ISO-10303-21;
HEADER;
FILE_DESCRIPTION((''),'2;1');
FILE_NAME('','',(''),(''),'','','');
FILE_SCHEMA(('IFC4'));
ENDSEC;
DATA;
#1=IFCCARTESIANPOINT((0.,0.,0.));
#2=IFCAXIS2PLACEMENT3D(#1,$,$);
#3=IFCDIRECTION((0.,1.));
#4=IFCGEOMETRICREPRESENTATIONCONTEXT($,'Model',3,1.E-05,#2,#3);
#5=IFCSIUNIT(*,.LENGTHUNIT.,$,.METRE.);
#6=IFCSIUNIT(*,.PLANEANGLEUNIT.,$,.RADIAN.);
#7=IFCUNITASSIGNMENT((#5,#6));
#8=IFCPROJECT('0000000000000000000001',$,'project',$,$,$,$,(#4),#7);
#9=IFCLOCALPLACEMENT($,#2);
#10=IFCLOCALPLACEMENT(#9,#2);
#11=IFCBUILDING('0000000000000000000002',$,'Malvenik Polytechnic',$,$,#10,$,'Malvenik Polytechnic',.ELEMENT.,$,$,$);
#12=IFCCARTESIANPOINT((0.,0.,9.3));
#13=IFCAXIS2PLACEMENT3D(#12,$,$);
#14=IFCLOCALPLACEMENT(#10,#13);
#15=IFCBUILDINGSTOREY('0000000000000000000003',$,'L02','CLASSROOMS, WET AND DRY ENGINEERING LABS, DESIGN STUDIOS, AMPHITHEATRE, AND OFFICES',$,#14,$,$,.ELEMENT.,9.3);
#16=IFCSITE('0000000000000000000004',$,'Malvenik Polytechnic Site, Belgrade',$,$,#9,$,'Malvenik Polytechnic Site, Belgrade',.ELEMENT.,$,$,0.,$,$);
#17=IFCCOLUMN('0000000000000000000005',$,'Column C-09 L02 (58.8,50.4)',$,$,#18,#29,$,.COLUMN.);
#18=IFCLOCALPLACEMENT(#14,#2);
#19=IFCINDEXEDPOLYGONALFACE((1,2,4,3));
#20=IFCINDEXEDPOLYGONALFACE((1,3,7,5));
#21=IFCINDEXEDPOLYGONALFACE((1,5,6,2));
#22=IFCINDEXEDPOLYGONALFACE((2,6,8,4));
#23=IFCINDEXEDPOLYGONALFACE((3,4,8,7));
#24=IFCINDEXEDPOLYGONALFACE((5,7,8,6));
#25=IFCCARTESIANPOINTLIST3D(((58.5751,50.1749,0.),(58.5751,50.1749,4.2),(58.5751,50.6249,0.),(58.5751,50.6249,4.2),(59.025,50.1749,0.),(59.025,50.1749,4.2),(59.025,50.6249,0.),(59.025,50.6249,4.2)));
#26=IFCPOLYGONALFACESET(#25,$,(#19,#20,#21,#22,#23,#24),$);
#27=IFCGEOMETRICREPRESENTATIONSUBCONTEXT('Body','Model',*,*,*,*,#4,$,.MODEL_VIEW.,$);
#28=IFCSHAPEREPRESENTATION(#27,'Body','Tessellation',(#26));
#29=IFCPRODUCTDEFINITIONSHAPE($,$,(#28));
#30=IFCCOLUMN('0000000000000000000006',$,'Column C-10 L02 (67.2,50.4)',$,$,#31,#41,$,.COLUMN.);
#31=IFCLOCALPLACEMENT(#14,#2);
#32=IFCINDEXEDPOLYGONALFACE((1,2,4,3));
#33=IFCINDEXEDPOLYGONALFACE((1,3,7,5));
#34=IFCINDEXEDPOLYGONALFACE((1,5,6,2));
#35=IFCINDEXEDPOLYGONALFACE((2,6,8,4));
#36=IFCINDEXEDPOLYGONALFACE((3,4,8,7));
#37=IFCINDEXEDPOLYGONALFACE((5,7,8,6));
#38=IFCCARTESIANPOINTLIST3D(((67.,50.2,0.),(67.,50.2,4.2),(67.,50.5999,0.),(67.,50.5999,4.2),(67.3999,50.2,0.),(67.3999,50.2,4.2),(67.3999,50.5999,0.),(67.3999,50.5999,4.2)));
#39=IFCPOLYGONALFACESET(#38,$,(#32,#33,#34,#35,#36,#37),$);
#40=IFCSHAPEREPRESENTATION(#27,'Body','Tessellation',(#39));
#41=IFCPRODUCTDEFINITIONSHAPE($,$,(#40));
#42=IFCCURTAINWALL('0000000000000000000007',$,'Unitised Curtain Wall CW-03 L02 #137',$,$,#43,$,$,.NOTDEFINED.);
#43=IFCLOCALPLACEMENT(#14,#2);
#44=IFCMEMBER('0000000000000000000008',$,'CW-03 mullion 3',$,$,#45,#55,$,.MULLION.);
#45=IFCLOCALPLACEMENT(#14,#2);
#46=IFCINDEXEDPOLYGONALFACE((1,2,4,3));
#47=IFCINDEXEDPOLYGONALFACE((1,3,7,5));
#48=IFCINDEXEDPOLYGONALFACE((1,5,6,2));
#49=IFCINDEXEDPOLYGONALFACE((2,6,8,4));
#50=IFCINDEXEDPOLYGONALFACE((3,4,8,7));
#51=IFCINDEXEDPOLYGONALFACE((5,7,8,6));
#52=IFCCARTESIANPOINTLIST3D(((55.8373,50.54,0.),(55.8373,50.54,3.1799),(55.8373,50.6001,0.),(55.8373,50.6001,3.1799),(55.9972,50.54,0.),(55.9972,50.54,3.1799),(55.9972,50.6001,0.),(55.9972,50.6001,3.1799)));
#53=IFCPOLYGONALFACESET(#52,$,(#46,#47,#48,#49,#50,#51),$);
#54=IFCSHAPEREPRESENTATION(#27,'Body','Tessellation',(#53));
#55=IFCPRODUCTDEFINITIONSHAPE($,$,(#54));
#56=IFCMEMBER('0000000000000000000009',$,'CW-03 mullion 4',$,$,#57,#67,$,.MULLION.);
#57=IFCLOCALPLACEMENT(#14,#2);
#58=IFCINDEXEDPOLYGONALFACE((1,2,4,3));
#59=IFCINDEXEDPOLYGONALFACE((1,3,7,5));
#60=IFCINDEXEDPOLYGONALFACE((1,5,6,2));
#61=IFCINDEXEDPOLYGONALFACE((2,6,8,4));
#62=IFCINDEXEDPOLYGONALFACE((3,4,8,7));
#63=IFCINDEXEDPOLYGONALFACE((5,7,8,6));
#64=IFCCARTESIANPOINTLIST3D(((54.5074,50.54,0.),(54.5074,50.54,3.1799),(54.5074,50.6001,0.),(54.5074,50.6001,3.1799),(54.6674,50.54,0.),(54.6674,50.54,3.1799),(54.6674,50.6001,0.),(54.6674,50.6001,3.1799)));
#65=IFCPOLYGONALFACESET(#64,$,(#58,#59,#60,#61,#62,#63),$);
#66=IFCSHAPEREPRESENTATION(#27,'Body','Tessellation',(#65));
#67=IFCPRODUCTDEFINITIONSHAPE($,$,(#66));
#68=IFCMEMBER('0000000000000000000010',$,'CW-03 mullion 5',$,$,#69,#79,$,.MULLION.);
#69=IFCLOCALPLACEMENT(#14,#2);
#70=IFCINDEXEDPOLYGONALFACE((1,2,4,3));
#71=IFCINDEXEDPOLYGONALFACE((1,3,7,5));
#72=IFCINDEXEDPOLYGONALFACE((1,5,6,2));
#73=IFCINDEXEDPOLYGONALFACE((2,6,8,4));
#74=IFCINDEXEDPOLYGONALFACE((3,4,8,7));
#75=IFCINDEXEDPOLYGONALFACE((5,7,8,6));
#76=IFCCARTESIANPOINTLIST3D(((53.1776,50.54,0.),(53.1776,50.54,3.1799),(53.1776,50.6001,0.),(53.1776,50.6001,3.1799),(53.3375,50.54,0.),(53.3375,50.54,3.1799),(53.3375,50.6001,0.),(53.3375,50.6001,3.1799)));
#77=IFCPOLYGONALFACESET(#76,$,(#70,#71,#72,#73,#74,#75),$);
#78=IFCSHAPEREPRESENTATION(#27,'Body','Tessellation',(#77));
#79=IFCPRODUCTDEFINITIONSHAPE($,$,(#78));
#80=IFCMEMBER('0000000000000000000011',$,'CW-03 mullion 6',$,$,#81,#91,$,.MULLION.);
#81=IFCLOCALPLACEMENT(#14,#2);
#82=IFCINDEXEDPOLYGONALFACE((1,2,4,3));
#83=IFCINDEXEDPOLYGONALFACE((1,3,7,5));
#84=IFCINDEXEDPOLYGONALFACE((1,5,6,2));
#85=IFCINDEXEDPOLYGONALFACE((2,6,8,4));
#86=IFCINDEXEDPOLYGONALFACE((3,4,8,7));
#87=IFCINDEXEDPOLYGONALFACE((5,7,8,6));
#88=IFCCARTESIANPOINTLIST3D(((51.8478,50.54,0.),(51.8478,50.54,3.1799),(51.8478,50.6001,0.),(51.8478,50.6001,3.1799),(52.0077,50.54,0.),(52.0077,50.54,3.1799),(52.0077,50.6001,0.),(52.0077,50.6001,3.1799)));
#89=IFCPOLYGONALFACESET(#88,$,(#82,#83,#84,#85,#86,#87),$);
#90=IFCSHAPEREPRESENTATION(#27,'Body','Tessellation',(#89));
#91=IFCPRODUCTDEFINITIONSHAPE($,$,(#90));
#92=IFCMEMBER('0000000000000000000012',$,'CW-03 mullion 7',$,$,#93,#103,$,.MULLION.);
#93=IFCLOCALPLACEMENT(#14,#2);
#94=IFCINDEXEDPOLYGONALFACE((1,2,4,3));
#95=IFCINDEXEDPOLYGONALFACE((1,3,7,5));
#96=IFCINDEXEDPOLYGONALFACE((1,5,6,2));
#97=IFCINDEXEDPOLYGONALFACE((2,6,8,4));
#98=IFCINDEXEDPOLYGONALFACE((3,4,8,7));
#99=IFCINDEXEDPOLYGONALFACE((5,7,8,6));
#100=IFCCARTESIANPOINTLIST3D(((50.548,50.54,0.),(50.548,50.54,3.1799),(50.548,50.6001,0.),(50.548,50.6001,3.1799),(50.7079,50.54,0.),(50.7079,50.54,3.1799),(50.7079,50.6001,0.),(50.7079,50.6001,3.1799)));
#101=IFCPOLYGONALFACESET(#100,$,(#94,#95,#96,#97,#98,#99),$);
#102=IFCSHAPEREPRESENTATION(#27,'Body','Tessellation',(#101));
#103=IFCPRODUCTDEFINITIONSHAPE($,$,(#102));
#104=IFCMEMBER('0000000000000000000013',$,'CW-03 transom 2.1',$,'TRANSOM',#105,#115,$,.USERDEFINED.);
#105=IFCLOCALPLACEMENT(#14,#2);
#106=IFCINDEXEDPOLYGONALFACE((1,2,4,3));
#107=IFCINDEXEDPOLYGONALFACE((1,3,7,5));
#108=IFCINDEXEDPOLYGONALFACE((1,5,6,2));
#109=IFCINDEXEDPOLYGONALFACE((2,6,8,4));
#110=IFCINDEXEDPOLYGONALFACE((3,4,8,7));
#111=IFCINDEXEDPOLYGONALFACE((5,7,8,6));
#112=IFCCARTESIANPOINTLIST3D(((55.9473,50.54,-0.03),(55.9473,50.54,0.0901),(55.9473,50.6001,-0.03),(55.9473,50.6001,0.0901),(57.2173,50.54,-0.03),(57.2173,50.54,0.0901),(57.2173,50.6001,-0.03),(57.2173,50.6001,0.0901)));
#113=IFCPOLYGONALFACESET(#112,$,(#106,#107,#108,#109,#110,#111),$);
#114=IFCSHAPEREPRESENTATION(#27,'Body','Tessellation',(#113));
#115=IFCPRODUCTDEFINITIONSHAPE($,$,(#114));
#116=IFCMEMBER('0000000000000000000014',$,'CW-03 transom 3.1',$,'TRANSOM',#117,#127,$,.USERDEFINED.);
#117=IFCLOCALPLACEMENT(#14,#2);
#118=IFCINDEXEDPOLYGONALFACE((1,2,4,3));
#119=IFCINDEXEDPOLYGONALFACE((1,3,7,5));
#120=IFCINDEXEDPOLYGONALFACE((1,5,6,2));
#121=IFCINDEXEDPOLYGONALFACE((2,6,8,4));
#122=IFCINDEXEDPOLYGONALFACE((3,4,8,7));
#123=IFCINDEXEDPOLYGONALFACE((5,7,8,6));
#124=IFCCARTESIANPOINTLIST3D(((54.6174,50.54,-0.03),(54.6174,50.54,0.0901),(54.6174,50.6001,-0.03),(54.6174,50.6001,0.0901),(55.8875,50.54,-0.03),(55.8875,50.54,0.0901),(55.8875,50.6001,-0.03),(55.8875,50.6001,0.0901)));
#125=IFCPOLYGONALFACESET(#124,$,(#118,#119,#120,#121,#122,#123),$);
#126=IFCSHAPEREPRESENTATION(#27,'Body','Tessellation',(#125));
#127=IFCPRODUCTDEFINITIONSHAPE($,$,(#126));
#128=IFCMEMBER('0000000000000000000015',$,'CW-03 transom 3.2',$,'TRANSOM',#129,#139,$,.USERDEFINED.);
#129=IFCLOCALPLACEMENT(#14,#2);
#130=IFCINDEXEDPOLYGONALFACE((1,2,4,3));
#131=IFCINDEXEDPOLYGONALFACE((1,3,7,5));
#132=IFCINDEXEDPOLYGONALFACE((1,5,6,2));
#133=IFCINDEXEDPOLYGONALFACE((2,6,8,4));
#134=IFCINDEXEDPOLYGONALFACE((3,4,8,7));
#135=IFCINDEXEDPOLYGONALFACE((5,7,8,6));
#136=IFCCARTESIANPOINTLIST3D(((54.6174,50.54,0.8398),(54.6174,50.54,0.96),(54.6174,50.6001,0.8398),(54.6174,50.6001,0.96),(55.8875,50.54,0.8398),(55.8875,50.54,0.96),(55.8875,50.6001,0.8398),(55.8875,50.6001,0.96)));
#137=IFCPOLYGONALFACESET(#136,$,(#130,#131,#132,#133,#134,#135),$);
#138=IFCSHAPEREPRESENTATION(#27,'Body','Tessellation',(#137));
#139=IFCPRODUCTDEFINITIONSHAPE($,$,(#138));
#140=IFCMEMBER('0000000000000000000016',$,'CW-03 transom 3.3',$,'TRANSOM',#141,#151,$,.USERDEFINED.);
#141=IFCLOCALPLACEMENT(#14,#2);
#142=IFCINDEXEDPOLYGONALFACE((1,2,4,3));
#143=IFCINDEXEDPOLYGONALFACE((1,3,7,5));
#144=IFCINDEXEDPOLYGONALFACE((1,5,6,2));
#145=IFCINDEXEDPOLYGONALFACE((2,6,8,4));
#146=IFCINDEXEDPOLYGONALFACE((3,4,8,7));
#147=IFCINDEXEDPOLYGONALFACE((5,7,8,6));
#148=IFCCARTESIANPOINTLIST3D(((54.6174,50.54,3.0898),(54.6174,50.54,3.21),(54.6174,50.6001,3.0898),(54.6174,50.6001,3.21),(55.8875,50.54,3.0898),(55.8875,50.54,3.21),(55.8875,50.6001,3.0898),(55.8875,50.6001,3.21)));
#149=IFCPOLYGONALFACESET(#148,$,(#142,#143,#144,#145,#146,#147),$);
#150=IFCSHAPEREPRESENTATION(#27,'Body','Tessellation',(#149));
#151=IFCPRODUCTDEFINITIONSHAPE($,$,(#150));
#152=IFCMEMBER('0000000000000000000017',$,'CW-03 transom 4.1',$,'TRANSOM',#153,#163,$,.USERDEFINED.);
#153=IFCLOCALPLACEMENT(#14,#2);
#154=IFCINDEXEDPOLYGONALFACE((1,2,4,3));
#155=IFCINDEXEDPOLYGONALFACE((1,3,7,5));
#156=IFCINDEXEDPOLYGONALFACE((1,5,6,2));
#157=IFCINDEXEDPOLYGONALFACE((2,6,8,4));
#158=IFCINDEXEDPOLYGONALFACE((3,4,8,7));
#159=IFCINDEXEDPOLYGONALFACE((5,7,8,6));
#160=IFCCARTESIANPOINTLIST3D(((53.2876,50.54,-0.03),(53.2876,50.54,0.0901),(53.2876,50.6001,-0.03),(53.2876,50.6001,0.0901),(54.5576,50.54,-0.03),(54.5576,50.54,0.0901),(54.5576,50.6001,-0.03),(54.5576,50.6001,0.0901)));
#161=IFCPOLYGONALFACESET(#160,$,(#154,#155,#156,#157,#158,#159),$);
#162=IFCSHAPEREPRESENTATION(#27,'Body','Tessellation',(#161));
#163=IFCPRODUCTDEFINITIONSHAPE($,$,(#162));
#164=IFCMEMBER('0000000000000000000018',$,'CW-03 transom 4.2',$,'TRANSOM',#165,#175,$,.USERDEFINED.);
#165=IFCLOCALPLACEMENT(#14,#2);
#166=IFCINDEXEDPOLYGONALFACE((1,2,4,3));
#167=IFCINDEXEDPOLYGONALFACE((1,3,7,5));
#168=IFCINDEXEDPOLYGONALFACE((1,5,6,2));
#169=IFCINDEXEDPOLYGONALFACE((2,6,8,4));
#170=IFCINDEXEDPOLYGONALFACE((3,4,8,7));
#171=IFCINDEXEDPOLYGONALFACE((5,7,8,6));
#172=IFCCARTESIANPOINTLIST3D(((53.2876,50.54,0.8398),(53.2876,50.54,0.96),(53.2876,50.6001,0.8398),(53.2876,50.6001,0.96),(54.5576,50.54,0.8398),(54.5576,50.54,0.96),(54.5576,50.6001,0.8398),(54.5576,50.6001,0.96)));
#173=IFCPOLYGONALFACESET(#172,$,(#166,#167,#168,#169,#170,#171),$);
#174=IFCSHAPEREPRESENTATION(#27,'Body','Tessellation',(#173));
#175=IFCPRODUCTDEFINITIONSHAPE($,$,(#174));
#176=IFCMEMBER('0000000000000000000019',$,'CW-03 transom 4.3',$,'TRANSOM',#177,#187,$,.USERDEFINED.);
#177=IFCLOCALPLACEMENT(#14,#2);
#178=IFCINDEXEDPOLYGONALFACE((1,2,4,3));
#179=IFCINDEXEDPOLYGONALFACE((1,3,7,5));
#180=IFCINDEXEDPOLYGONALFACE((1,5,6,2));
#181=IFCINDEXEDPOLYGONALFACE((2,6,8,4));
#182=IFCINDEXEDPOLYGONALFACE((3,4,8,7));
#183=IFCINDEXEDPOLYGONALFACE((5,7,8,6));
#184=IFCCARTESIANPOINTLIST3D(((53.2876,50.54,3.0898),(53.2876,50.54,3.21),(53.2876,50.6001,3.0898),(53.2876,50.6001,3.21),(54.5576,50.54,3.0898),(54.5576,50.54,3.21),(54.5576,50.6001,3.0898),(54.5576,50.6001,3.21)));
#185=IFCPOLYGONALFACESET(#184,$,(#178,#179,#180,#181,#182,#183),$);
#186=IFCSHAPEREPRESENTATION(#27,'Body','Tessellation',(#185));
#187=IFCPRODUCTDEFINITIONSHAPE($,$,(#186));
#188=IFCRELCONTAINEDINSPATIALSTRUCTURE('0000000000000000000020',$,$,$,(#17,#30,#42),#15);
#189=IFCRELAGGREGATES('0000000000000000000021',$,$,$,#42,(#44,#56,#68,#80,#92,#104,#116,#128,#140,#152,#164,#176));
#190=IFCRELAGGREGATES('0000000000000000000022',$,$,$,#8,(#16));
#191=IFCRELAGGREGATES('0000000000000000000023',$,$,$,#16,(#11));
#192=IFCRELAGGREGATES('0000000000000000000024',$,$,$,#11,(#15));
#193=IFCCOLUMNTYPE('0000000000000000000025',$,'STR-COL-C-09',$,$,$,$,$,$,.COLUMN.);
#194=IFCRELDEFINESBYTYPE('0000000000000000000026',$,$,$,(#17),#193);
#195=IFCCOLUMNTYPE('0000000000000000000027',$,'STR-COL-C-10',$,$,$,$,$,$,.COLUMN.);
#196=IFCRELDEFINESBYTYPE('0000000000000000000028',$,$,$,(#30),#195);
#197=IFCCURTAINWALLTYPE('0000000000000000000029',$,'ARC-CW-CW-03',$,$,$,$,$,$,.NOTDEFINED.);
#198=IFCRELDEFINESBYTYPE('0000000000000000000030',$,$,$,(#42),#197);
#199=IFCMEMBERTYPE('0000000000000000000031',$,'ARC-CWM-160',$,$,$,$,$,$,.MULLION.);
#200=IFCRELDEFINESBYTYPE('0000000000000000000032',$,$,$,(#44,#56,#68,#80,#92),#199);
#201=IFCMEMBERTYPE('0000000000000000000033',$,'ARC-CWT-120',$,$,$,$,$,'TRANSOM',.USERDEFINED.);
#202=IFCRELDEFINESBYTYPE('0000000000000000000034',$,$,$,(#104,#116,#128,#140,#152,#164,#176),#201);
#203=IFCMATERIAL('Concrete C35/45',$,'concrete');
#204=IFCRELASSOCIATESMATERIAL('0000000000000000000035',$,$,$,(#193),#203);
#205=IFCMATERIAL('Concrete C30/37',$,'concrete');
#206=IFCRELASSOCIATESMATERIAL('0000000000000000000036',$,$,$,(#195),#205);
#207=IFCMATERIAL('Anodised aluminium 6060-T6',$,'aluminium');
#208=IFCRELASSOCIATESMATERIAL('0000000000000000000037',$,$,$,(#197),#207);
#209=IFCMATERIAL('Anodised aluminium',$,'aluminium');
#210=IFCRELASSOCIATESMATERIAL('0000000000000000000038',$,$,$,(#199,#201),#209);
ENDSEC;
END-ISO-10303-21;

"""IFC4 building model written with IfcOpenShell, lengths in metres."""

from ifc_helpers import new_model, si_unit, direction, frame, origin, origin_2d, place, context, subcontext, project, spatial, rectangle, extrude, material, material_profile, profile_set, type_object, element, aggregate, save


model = new_model("IFC4")

# Units and contexts
model_context = context("Model", 3, precision=1e-05, world=origin(), true_north=direction((0.0, 1.0)))
body_context = subcontext(model_context, "Body", "Model", "MODEL_VIEW")
ifc_project = project(units=[si_unit("LENGTHUNIT", "METRE"), si_unit("PLANEANGLEUNIT", "RADIAN")], contexts=[model_context])

# Site, building, storey
site_placement = place(None, origin())
site = spatial("IfcSite", under=ifc_project, at=site_placement, Name="Malvenik Polytechnic Site, Belgrade", LongName="Malvenik Polytechnic Site, Belgrade", CompositionType="ELEMENT", RefElevation=0.0)
building_placement = place(site_placement, origin())
building = spatial("IfcBuilding", under=site, at=building_placement, Name="Malvenik Polytechnic", LongName="Malvenik Polytechnic", CompositionType="ELEMENT")
storey_placement = place(building_placement, frame((0.0, 0.0, 9.3)))
storey = spatial("IfcBuildingStorey", under=building, at=storey_placement, Name="L02", Description="CLASSROOMS, WET AND DRY ENGINEERING LABS, DESIGN STUDIOS, AMPHITHEATRE, AND OFFICES", CompositionType="ELEMENT", Elevation=9.3)

# Columns
ifc_material_1 = material(Name="Concrete C35/45", Category="concrete")
ifc_material_profile_1 = material_profile(ifc_material_1, rectangle(XDim=0.45, YDim=0.45, at=origin_2d()), Name="RC COL 450x450")
ifc_profile_set_1 = profile_set([ifc_material_profile_1], Name="Concrete C35/45")
column_type_1 = type_object("IfcColumnType", Name="STR-COL-C-09", PredefinedType="COLUMN", material=ifc_profile_set_1)
column_1_placement = place(storey_placement, frame((58.8, 50.3999, 0.0), z_axis=(0.0, 0.0, 1.0), x_axis=(1.0, 0.0, 0.0)))
element("IfcColumn", 1, at=column_1_placement, inside=storey, type_object=column_type_1, Name="Column C-09 L02 (58.8,50.4)", PredefinedType="COLUMN", context=body_context, shape_type="SweptSolid", body=[
    extrude(rectangle(XDim=0.45, YDim=0.45, at=origin_2d()), origin(), (0.0, 0.0, 1.0), 4.2),
])
ifc_material_2 = material(Name="Concrete C30/37", Category="concrete")
ifc_material_profile_2 = material_profile(ifc_material_2, rectangle(XDim=0.3999, YDim=0.3999, at=origin_2d()), Name="RC COL 400x400")
ifc_profile_set_2 = profile_set([ifc_material_profile_2], Name="Concrete C30/37")
column_type_2 = type_object("IfcColumnType", Name="STR-COL-C-10", PredefinedType="COLUMN", material=ifc_profile_set_2)
column_2_placement = place(storey_placement, frame((67.2, 50.3999, 0.0), z_axis=(0.0, 0.0, 1.0), x_axis=(1.0, 0.0, 0.0)))
element("IfcColumn", 2, at=column_2_placement, inside=storey, type_object=column_type_2, Name="Column C-10 L02 (67.2,50.4)", PredefinedType="COLUMN", context=body_context, shape_type="SweptSolid", body=[
    extrude(rectangle(XDim=0.3999, YDim=0.3999, at=origin_2d()), origin(), (0.0, 0.0, 1.0), 4.2),
])

# Curtain wall, members
ifc_material_3 = material(Name="Anodised aluminium 6060-T6", Category="aluminium")
curtain_wall_type = type_object("IfcCurtainWallType", Name="ARC-CW-CW-03", PredefinedType="NOTDEFINED", material=ifc_material_3)
curtain_wall_placement = place(storey_placement, origin())
curtain_wall = element("IfcCurtainWall", 3, at=curtain_wall_placement, inside=storey, type_object=curtain_wall_type, Name="Unitised Curtain Wall CW-03 L02 #137", PredefinedType="NOTDEFINED")
ifc_material_4 = material(Name="Anodised aluminium", Category="aluminium")
ifc_material_profile_3 = material_profile(ifc_material_4, rectangle(XDim=0.0601, YDim=0.1599, at=origin_2d()), Name="ALU MULLION 60x160")
ifc_profile_set_3 = profile_set([ifc_material_profile_3], Name="Anodised aluminium")
member_type_1 = type_object("IfcMemberType", Name="ARC-CWM-160", PredefinedType="MULLION", material=ifc_profile_set_3)
member_1_placement = place(storey_placement, frame((55.9172, 50.5701, 0.0), z_axis=(0.0, 0.0, 1.0), x_axis=(0.0, -1.0, 0.0)))
member_1 = element("IfcMember", 4, at=member_1_placement, type_object=member_type_1, Name="CW-03 mullion 3", PredefinedType="MULLION", context=body_context, shape_type="SweptSolid", body=[
    extrude(rectangle(XDim=0.0601, YDim=0.1599, at=origin_2d()), origin(), (0.0, 0.0, 1.0), 3.1799),
])
member_2_placement = place(storey_placement, frame((54.5874, 50.5701, 0.0), z_axis=(0.0, 0.0, 1.0), x_axis=(0.0, -1.0, 0.0)))
member_2 = element("IfcMember", 5, at=member_2_placement, type_object=member_type_1, Name="CW-03 mullion 4", PredefinedType="MULLION", context=body_context, shape_type="SweptSolid", body=[
    extrude(rectangle(XDim=0.0601, YDim=0.1599, at=origin_2d()), origin(), (0.0, 0.0, 1.0), 3.1799),
])
member_3_placement = place(storey_placement, frame((53.2576, 50.5701, 0.0), z_axis=(0.0, 0.0, 1.0), x_axis=(0.0, -1.0, 0.0)))
member_3 = element("IfcMember", 6, at=member_3_placement, type_object=member_type_1, Name="CW-03 mullion 5", PredefinedType="MULLION", context=body_context, shape_type="SweptSolid", body=[
    extrude(rectangle(XDim=0.0601, YDim=0.1599, at=origin_2d()), origin(), (0.0, 0.0, 1.0), 3.1799),
])
member_4_placement = place(storey_placement, frame((51.9277, 50.5701, 0.0), z_axis=(0.0, 0.0, 1.0), x_axis=(0.0, -1.0, 0.0)))
member_4 = element("IfcMember", 7, at=member_4_placement, type_object=member_type_1, Name="CW-03 mullion 6", PredefinedType="MULLION", context=body_context, shape_type="SweptSolid", body=[
    extrude(rectangle(XDim=0.0601, YDim=0.1599, at=origin_2d()), origin(), (0.0, 0.0, 1.0), 3.1799),
])
member_5_placement = place(storey_placement, frame((50.6279, 50.5701, 0.0), z_axis=(0.0, 0.0, 1.0), x_axis=(0.0, -1.0, 0.0)))
member_5 = element("IfcMember", 8, at=member_5_placement, type_object=member_type_1, Name="CW-03 mullion 7", PredefinedType="MULLION", context=body_context, shape_type="SweptSolid", body=[
    extrude(rectangle(XDim=0.0601, YDim=0.1599, at=origin_2d()), origin(), (0.0, 0.0, 1.0), 3.1799),
])
ifc_material_profile_4 = material_profile(ifc_material_4, rectangle(XDim=0.0601, YDim=0.1201, at=origin_2d()), Name="ALU TRANSOM 60x120")
ifc_profile_set_4 = profile_set([ifc_material_profile_4], Name="Anodised aluminium")
member_type_2 = type_object("IfcMemberType", Name="ARC-CWT-120", ElementType="TRANSOM", PredefinedType="USERDEFINED", material=ifc_profile_set_4)
member_6_placement = place(storey_placement, frame((57.2173, 50.5701, 0.03), z_axis=(-1.0, 0.0, 0.0), x_axis=(0.0, -1.0, 0.0)))
member_6 = element("IfcMember", 9, at=member_6_placement, type_object=member_type_2, Name="CW-03 transom 2.1", ObjectType="TRANSOM", PredefinedType="USERDEFINED", context=body_context, shape_type="SweptSolid", body=[
    extrude(rectangle(XDim=0.0601, YDim=0.1201, at=origin_2d()), origin(), (0.0, 0.0, 1.0), 1.27),
])
member_7_placement = place(storey_placement, frame((55.8875, 50.5701, 0.03), z_axis=(-1.0, 0.0, 0.0), x_axis=(0.0, -1.0, 0.0)))
member_7 = element("IfcMember", 10, at=member_7_placement, type_object=member_type_2, Name="CW-03 transom 3.1", ObjectType="TRANSOM", PredefinedType="USERDEFINED", context=body_context, shape_type="SweptSolid", body=[
    extrude(rectangle(XDim=0.0601, YDim=0.1201, at=origin_2d()), origin(), (0.0, 0.0, 1.0), 1.27),
])
member_8_placement = place(storey_placement, frame((55.8875, 50.5701, 0.8999), z_axis=(-1.0, 0.0, 0.0), x_axis=(0.0, -1.0, 0.0)))
member_8 = element("IfcMember", 11, at=member_8_placement, type_object=member_type_2, Name="CW-03 transom 3.2", ObjectType="TRANSOM", PredefinedType="USERDEFINED", context=body_context, shape_type="SweptSolid", body=[
    extrude(rectangle(XDim=0.0601, YDim=0.1201, at=origin_2d()), origin(), (0.0, 0.0, 1.0), 1.27),
])
member_9_placement = place(storey_placement, frame((55.8875, 50.5701, 3.1499), z_axis=(-1.0, 0.0, 0.0), x_axis=(0.0, -1.0, 0.0)))
member_9 = element("IfcMember", 12, at=member_9_placement, type_object=member_type_2, Name="CW-03 transom 3.3", ObjectType="TRANSOM", PredefinedType="USERDEFINED", context=body_context, shape_type="SweptSolid", body=[
    extrude(rectangle(XDim=0.0601, YDim=0.1201, at=origin_2d()), origin(), (0.0, 0.0, 1.0), 1.27),
])
member_10_placement = place(storey_placement, frame((54.5576, 50.5701, 0.03), z_axis=(-1.0, 0.0, 0.0), x_axis=(0.0, -1.0, 0.0)))
member_10 = element("IfcMember", 13, at=member_10_placement, type_object=member_type_2, Name="CW-03 transom 4.1", ObjectType="TRANSOM", PredefinedType="USERDEFINED", context=body_context, shape_type="SweptSolid", body=[
    extrude(rectangle(XDim=0.0601, YDim=0.1201, at=origin_2d()), origin(), (0.0, 0.0, 1.0), 1.27),
])
member_11_placement = place(storey_placement, frame((54.5576, 50.5701, 0.8999), z_axis=(-1.0, 0.0, 0.0), x_axis=(0.0, -1.0, 0.0)))
member_11 = element("IfcMember", 14, at=member_11_placement, type_object=member_type_2, Name="CW-03 transom 4.2", ObjectType="TRANSOM", PredefinedType="USERDEFINED", context=body_context, shape_type="SweptSolid", body=[
    extrude(rectangle(XDim=0.0601, YDim=0.1201, at=origin_2d()), origin(), (0.0, 0.0, 1.0), 1.27),
])
member_12_placement = place(storey_placement, frame((54.5576, 50.5701, 3.1499), z_axis=(-1.0, 0.0, 0.0), x_axis=(0.0, -1.0, 0.0)))
member_12 = element("IfcMember", 15, at=member_12_placement, type_object=member_type_2, Name="CW-03 transom 4.3", ObjectType="TRANSOM", PredefinedType="USERDEFINED", context=body_context, shape_type="SweptSolid", body=[
    extrude(rectangle(XDim=0.0601, YDim=0.1201, at=origin_2d()), origin(), (0.0, 0.0, 1.0), 1.27),
])

aggregate(curtain_wall, [member_1, member_2, member_3, member_4, member_5, member_6, member_7, member_8, member_9, member_10, member_11, member_12])

save(model, "model.ifc")
